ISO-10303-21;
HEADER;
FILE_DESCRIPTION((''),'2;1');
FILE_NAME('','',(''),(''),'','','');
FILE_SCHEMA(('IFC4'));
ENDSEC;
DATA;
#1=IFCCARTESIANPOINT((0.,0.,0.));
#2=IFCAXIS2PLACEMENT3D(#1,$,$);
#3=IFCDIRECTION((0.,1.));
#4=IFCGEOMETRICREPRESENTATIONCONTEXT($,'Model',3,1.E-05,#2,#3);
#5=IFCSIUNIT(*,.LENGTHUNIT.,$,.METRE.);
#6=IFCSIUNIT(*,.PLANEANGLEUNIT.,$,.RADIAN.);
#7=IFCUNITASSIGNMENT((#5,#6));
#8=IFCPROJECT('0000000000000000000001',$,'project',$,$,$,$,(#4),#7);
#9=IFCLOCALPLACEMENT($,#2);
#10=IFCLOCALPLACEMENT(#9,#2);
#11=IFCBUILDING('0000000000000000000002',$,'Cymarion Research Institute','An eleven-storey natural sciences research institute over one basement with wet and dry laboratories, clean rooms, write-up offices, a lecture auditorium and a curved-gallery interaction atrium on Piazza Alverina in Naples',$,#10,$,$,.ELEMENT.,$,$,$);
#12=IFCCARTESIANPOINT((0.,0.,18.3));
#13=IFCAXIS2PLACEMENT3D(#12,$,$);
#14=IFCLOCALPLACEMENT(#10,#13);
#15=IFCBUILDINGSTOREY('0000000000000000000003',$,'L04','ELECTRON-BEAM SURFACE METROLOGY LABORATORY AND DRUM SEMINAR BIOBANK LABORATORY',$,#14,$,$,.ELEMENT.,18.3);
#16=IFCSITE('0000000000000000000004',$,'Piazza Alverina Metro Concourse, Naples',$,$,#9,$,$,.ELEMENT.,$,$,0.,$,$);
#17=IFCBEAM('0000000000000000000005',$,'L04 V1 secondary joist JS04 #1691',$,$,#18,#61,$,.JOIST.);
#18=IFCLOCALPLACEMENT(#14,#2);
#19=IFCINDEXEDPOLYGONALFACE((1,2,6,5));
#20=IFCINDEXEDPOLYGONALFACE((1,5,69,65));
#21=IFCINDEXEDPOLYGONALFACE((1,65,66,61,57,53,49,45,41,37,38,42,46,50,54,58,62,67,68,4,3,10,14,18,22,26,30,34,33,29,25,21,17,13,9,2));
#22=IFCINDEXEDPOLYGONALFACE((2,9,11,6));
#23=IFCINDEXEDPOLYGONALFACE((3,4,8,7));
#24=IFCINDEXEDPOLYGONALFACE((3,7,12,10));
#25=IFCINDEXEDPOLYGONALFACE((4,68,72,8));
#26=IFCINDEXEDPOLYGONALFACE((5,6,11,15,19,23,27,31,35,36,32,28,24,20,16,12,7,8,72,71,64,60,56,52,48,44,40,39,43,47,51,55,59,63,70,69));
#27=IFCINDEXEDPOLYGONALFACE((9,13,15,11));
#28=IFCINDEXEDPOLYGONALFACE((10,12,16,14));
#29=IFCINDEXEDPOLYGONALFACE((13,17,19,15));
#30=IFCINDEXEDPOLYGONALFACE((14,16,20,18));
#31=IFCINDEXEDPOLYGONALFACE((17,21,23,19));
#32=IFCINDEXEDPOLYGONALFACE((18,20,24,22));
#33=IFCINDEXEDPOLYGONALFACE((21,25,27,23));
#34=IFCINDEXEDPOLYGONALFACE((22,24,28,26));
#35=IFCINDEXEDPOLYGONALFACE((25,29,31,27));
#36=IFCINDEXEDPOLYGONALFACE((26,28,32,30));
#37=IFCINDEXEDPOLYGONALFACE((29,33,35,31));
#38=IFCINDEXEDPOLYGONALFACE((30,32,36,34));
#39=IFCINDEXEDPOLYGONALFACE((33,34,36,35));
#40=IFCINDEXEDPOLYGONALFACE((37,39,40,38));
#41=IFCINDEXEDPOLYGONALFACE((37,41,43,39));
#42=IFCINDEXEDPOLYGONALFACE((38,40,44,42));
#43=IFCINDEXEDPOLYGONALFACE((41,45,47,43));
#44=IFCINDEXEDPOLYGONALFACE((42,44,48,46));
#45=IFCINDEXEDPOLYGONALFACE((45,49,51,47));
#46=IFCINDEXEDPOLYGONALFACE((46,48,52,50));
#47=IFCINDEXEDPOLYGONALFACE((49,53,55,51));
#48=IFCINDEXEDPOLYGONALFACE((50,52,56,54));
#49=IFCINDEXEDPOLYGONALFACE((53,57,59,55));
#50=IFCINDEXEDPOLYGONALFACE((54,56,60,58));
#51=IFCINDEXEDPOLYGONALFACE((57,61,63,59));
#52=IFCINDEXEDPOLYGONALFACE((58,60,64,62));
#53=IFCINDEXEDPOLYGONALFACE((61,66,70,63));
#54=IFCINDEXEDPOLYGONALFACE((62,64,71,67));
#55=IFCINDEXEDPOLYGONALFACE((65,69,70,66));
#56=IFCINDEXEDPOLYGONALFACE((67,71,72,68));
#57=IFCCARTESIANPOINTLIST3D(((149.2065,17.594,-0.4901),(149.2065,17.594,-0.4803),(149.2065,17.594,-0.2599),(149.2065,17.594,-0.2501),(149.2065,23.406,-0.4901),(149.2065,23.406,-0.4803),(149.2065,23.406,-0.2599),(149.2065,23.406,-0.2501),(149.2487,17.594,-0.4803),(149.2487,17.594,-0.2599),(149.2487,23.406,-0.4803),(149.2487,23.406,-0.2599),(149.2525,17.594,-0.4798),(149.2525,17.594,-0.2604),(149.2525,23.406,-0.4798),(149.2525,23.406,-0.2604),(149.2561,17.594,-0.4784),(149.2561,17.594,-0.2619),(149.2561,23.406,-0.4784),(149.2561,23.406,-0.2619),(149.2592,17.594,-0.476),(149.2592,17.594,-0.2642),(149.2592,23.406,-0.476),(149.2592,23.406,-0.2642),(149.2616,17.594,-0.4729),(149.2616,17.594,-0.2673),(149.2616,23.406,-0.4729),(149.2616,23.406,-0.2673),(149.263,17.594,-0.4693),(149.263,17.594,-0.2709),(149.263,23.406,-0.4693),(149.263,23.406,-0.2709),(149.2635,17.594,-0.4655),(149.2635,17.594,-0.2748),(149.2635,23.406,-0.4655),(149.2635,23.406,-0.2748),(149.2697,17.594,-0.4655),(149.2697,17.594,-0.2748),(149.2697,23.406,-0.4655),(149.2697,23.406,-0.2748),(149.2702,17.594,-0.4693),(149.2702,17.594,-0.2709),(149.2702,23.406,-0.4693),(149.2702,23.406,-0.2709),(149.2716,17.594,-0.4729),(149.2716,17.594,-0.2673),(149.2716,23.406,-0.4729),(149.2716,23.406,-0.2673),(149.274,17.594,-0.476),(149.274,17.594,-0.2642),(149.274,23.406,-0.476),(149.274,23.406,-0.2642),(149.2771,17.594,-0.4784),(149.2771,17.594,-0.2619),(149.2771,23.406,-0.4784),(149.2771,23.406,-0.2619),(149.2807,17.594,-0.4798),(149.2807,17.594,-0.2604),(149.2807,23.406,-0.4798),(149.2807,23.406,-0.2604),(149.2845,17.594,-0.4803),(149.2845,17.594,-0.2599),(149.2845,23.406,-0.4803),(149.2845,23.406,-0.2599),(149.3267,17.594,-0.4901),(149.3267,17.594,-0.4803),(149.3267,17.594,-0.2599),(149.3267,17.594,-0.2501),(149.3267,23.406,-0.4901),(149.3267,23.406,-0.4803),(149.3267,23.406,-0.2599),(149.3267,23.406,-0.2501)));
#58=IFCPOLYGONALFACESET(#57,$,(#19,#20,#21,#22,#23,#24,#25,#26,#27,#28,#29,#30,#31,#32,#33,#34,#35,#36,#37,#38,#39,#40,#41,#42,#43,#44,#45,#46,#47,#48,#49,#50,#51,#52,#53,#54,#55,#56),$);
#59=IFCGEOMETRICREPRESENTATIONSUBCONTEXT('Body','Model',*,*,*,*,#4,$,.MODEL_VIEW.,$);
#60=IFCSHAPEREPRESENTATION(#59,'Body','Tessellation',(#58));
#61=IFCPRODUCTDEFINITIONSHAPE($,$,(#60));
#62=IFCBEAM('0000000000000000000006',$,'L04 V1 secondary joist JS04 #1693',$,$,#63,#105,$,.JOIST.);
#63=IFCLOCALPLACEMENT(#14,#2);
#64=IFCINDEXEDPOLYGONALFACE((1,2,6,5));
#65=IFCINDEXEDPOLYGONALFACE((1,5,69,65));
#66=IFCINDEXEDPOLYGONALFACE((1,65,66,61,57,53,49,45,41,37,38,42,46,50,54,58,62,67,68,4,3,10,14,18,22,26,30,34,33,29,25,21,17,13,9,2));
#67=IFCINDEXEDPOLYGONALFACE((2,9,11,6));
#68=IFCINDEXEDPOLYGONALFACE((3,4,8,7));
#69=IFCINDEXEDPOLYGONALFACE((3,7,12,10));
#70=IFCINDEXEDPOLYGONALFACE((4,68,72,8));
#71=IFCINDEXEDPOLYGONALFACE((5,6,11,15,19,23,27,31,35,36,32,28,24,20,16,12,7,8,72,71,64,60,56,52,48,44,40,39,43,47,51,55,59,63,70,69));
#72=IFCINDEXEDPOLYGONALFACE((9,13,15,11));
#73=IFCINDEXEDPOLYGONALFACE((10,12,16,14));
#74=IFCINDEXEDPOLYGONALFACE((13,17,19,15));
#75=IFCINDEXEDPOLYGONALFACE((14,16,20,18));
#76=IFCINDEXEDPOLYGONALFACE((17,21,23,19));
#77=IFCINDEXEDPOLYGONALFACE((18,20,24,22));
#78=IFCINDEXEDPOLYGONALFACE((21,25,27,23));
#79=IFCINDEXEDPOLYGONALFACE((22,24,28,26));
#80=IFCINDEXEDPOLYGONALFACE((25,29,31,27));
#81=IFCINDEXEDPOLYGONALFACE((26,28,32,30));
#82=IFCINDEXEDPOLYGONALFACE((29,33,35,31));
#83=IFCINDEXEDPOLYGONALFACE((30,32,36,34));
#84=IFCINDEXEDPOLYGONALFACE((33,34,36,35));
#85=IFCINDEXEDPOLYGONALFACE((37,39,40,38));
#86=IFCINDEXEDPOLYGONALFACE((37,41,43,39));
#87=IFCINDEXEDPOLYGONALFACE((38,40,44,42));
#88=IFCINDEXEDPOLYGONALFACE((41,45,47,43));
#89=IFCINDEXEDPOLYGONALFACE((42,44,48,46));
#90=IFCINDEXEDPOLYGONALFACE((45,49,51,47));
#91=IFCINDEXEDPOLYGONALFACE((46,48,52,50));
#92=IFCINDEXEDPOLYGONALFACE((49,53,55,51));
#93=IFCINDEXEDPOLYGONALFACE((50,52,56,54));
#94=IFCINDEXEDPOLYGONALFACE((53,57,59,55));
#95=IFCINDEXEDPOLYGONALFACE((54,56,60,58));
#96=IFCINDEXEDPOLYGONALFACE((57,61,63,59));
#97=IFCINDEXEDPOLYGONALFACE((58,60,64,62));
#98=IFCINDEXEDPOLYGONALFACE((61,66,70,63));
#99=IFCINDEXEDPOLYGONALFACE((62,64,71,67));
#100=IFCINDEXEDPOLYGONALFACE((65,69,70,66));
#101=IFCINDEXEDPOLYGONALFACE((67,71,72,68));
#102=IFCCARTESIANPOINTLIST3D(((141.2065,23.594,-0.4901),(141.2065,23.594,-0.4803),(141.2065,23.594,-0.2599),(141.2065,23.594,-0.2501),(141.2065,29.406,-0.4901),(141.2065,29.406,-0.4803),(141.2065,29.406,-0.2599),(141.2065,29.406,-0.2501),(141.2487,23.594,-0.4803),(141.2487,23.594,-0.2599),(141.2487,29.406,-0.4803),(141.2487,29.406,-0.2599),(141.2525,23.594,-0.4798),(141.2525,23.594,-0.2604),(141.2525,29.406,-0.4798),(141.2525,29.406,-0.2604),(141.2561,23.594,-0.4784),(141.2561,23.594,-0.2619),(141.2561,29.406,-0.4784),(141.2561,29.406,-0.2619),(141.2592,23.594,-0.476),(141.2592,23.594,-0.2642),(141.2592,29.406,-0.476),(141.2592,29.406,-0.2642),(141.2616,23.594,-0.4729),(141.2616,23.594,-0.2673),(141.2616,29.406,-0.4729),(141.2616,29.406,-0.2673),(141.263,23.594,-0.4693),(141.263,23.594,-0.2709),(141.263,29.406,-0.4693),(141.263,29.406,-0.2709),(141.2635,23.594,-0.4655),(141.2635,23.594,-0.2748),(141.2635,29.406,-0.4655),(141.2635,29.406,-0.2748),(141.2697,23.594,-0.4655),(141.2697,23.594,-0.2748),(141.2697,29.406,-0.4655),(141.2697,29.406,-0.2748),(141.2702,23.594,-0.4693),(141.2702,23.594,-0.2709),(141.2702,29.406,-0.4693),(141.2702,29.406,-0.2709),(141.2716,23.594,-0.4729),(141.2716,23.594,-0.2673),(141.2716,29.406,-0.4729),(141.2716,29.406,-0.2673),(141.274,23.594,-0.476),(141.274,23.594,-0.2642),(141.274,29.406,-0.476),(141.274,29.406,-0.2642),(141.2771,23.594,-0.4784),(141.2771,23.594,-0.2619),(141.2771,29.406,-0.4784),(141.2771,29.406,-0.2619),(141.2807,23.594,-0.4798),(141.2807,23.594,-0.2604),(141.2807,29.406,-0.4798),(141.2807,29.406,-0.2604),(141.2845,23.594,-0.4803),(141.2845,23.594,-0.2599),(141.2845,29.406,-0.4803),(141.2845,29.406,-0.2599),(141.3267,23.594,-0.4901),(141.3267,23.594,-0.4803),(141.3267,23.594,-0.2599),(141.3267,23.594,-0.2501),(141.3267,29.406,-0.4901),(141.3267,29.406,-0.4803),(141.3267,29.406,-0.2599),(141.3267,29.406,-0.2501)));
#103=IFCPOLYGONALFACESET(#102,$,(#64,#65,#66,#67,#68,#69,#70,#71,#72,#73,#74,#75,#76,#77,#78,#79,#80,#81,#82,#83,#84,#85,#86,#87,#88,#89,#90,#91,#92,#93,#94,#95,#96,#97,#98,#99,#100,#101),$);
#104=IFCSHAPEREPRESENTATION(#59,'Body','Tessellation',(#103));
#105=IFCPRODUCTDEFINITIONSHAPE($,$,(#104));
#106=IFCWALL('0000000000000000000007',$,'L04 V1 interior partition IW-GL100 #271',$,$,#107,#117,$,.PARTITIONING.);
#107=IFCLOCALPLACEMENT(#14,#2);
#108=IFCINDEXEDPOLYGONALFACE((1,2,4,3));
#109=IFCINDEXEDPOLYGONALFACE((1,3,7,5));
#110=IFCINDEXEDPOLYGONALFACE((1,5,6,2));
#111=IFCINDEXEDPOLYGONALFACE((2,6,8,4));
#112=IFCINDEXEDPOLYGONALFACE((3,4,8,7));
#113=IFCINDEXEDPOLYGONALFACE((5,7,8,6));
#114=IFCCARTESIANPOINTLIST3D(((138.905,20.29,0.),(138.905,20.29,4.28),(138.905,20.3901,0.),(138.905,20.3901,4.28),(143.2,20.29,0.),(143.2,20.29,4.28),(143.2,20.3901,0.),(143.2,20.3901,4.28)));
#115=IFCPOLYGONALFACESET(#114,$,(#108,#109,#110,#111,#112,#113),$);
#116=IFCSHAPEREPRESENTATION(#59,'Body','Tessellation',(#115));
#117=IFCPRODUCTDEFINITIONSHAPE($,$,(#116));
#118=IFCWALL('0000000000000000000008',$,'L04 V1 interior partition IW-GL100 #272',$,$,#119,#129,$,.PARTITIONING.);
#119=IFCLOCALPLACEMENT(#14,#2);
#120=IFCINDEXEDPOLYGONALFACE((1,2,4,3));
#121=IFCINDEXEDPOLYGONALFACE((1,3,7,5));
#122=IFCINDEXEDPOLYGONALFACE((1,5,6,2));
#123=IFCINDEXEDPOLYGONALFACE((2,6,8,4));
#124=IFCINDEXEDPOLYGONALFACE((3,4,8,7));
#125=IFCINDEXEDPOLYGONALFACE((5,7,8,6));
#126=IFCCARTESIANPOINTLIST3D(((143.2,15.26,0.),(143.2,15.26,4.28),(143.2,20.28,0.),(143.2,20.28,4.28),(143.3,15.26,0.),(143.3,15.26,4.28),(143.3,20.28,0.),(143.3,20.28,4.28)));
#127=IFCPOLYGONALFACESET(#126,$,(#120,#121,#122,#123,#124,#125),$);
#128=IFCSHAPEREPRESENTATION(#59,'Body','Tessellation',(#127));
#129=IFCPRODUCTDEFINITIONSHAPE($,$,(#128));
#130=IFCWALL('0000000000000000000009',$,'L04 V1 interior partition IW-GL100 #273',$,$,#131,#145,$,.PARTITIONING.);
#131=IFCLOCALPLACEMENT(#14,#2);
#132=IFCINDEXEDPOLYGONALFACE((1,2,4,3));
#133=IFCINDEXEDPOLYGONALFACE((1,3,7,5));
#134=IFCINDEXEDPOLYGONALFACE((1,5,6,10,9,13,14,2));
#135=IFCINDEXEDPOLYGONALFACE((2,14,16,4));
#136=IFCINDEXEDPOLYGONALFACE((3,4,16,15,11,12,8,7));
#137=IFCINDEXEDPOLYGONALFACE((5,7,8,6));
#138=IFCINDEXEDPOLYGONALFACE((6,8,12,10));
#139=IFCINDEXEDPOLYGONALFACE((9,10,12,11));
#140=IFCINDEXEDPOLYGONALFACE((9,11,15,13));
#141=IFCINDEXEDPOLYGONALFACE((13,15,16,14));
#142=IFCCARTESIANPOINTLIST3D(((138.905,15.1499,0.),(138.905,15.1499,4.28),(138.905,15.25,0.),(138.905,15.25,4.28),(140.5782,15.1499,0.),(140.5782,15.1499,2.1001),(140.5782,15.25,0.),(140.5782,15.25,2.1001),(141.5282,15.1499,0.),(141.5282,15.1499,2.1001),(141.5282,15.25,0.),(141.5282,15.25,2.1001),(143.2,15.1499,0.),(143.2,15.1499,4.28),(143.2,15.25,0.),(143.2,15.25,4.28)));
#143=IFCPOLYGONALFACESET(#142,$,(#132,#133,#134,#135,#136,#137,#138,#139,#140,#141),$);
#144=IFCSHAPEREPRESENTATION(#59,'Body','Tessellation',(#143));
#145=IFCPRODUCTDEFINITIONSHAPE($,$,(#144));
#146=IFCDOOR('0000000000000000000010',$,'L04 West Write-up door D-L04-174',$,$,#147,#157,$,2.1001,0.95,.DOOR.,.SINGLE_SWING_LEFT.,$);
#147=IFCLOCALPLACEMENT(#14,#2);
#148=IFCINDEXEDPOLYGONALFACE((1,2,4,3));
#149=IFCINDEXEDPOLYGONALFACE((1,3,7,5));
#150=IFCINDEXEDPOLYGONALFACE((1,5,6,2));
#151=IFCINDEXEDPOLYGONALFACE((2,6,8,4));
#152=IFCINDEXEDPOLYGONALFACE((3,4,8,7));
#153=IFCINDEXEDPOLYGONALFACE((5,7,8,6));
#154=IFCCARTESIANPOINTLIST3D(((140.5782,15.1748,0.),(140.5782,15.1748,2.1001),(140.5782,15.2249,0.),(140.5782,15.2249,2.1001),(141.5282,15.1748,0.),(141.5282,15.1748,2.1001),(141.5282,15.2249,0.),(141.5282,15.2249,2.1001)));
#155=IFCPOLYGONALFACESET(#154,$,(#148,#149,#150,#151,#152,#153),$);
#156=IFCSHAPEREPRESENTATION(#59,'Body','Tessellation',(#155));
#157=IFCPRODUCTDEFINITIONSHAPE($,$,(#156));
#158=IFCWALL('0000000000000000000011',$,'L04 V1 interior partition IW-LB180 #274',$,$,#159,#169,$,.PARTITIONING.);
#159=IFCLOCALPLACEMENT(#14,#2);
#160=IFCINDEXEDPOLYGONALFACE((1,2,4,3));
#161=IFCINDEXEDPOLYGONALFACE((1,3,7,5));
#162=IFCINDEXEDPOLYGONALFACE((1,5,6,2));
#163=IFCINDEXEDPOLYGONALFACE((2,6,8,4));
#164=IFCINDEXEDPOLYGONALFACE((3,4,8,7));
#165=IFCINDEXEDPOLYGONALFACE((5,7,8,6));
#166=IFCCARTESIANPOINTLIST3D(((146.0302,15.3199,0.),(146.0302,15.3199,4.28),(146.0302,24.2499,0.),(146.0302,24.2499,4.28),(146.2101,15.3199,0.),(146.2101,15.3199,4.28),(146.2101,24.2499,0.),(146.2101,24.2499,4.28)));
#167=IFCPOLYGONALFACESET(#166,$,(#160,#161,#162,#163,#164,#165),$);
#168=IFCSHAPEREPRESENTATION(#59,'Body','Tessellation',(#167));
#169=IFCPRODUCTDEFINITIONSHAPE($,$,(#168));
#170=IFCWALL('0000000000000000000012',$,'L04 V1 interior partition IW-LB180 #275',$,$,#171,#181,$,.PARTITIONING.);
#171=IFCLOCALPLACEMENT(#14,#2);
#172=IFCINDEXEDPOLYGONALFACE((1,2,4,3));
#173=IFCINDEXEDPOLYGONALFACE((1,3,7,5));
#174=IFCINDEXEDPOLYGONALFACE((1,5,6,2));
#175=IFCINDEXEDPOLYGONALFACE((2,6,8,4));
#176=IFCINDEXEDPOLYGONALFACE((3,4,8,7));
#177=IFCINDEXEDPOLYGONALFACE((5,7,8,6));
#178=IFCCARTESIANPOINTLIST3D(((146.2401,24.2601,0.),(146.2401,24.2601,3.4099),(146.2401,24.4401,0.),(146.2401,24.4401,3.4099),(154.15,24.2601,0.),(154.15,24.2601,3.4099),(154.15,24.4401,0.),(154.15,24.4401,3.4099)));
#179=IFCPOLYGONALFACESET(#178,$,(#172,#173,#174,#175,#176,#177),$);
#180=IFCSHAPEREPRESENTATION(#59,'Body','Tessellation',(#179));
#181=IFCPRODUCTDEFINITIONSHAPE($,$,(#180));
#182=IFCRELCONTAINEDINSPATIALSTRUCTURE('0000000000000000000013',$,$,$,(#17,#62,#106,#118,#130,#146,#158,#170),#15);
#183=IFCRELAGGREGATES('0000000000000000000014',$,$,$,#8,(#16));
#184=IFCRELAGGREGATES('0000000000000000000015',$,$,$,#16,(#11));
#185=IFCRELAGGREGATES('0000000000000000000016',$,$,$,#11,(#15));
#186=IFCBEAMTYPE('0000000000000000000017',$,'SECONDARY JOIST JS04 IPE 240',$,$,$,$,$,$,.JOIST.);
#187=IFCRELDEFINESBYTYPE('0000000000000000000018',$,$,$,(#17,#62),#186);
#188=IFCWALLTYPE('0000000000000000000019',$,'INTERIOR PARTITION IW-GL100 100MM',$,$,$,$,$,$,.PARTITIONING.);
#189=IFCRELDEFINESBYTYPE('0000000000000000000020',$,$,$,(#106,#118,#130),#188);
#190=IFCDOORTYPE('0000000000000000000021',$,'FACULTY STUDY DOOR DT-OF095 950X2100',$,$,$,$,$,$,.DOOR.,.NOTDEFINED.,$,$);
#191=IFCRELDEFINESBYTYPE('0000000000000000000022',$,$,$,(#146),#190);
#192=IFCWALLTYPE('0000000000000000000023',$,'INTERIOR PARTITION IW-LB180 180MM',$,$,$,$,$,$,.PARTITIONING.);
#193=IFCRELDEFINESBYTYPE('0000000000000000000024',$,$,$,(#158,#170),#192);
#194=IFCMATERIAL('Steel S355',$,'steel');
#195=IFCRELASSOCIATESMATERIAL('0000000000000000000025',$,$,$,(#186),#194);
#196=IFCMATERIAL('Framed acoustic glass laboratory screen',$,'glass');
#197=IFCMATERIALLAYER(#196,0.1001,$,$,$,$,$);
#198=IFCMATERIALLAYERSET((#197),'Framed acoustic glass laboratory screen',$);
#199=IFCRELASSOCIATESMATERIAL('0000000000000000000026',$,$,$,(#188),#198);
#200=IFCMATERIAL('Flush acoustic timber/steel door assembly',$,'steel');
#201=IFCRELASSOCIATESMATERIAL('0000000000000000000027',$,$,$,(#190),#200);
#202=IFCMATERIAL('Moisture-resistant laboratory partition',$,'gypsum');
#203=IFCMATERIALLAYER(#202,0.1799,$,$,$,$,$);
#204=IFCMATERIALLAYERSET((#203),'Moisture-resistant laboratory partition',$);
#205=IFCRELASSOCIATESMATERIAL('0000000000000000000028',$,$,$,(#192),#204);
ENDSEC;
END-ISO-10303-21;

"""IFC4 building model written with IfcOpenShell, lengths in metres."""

from ifc_helpers import new_model, si_unit, direction, frame, frame_2d, origin, origin_2d, place, context, subcontext, project, spatial, rectangle, i_section, extrude, material, layer, layer_set, material_profile, profile_set, type_object, element, fill, save


model = new_model("IFC4")

# Units and contexts
model_context = context("Model", 3, precision=1e-05, world=origin(), true_north=direction((0.0, 1.0)))
body_context = subcontext(model_context, "Body", "Model", "MODEL_VIEW")
ifc_project = project(units=[si_unit("LENGTHUNIT", "METRE"), si_unit("PLANEANGLEUNIT", "RADIAN")], contexts=[model_context])

# Site, building, storey
site_placement = place(None, origin())
site = spatial("IfcSite", under=ifc_project, at=site_placement, Name="Piazza Alverina Metro Concourse, Naples", CompositionType="ELEMENT", RefElevation=0.0)
building_placement = place(site_placement, origin())
building = spatial("IfcBuilding", under=site, at=building_placement, Name="Cymarion Research Institute", Description="An eleven-storey natural sciences research institute over one basement with wet and dry laboratories, clean rooms, write-up offices, a lecture auditorium and a curved-gallery interaction atrium on Piazza Alverina in Naples", CompositionType="ELEMENT")
storey_placement = place(building_placement, frame((0.0, 0.0, 18.3)))
storey = spatial("IfcBuildingStorey", under=building, at=storey_placement, Name="L04", Description="ELECTRON-BEAM SURFACE METROLOGY LABORATORY AND DRUM SEMINAR BIOBANK LABORATORY", CompositionType="ELEMENT", Elevation=18.3)

# Shared definitions
ifc_material_1 = material(Name="Steel S355", Category="steel")

# Beams
ifc_material_profile_1 = material_profile(ifc_material_1, i_section(OverallWidth=0.1201, OverallDepth=0.24, WebThickness=0.0061, FlangeThickness=0.0098, FilletRadius=0.0149, at=origin_2d()), Name="IPE 240")
ifc_profile_set_1 = profile_set([ifc_material_profile_1], Name="Steel S355")
beam_type_1 = type_object("IfcBeamType", Name="SECONDARY JOIST JS04 IPE 240", PredefinedType="JOIST", material=ifc_profile_set_1)
for number, where, z_axis, x_axis, name in (
    (1, (149.2666, 17.594, -0.3701), (0.0, 1.0, 0.0), (-1.0, 0.0, 0.0), "L04 V1 secondary joist JS04 #1691"),
    (2, (141.2666, 23.594, -0.3701), (0.0, 1.0, 0.0), (-1.0, 0.0, 0.0), "L04 V1 secondary joist JS04 #1693"),
):
    element("IfcBeam", number, at=place(storey_placement, frame(where, z_axis=z_axis, x_axis=x_axis)), inside=storey, type_object=beam_type_1, Name=name, PredefinedType="JOIST", context=body_context, shape_type="SweptSolid", body=[
        extrude(i_section(OverallWidth=0.1201, OverallDepth=0.24, WebThickness=0.0061, FlangeThickness=0.0098, FilletRadius=0.0149, at=origin_2d()), origin(), (0.0, 0.0, 1.0), 5.812),
    ])

# Walls
ifc_material_2 = material(Name="Framed acoustic glass laboratory screen", Category="glass")
ifc_layer_1 = layer(ifc_material_2, 0.1001)
ifc_layer_set_1 = layer_set([ifc_layer_1], Name="Framed acoustic glass laboratory screen")
wall_type_1 = type_object("IfcWallType", Name="INTERIOR PARTITION IW-GL100 100MM", PredefinedType="PARTITIONING", material=ifc_layer_set_1)
wall_1_placement = place(storey_placement, frame((138.905, 20.3401, 0.0), z_axis=(0.0, 0.0, 1.0), x_axis=(1.0, 0.0, 0.0)))
element("IfcWall", 3, at=wall_1_placement, inside=storey, type_object=wall_type_1, Name="L04 V1 interior partition IW-GL100 #271", PredefinedType="PARTITIONING", context=body_context, shape_type="SweptSolid", body=[
    extrude(rectangle(XDim=4.2949, YDim=0.1001, at=frame_2d((2.1475, 0.0))), origin(), (0.0, 0.0, 1.0), 4.28),
])
wall_2_placement = place(storey_placement, frame((143.25, 15.26, 0.0), z_axis=(0.0, 0.0, 1.0), x_axis=(0.0, 1.0, 0.0)))
element("IfcWall", 4, at=wall_2_placement, inside=storey, type_object=wall_type_1, Name="L04 V1 interior partition IW-GL100 #272", PredefinedType="PARTITIONING", context=body_context, shape_type="SweptSolid", body=[
    extrude(rectangle(XDim=5.02, YDim=0.1001, at=frame_2d((2.51, 0.0))), origin(), (0.0, 0.0, 1.0), 4.28),
])

# Wall, opening, door
wall_3_placement = place(storey_placement, frame((138.905, 15.2, 0.0), z_axis=(0.0, 0.0, 1.0), x_axis=(1.0, 0.0, 0.0)))
wall_3 = element("IfcWall", 5, at=wall_3_placement, inside=storey, type_object=wall_type_1, Name="L04 V1 interior partition IW-GL100 #273", PredefinedType="PARTITIONING", context=body_context, shape_type="SweptSolid", body=[
    extrude(rectangle(XDim=4.2949, YDim=0.1001, at=frame_2d((2.1475, 0.0))), origin(), (0.0, 0.0, 1.0), 4.28),
])
opening_1_placement = place(wall_3_placement, frame((1.6731, 0.0, 0.0)))
opening_1 = element("IfcOpeningElement", 6, at=opening_1_placement, cuts=wall_3, PredefinedType="OPENING", context=body_context, shape_type="SweptSolid", body=[
    extrude(rectangle(XDim=0.95, YDim=2.1001, at=frame_2d((0.4751, 1.05))), frame((0.0, 0.0601, 0.0), z_axis=(0.0, -1.0, 0.0), x_axis=(1.0, 0.0, 0.0)), (0.0, 0.0, 1.0), 0.1201),
])
ifc_material_3 = material(Name="Flush acoustic timber/steel door assembly", Category="steel")
door_type_1 = type_object("IfcDoorType", Name="FACULTY STUDY DOOR DT-OF095 950X2100", OperationType="NOTDEFINED", PredefinedType="DOOR", material=ifc_material_3)
door_1_placement = place(opening_1_placement, origin())
door_1 = element("IfcDoor", 7, at=door_1_placement, inside=storey, type_object=door_type_1, Name="L04 West Write-up door D-L04-174", OperationType="SINGLE_SWING_LEFT", OverallHeight=2.1001, OverallWidth=0.95, PredefinedType="DOOR", context=body_context, shape_type="SweptSolid", body=[
    extrude(rectangle(XDim=0.95, YDim=2.1001, at=frame_2d((0.4751, 1.05))), frame((0.0, 0.0249, 0.0), z_axis=(0.0, -1.0, 0.0), x_axis=(1.0, 0.0, 0.0)), (0.0, 0.0, 1.0), 0.05),
])
fill(opening_1, door_1)

# Walls
ifc_material_4 = material(Name="Moisture-resistant laboratory partition", Category="gypsum")
ifc_layer_2 = layer(ifc_material_4, 0.1799)
ifc_layer_set_2 = layer_set([ifc_layer_2], Name="Moisture-resistant laboratory partition")
wall_type_2 = type_object("IfcWallType", Name="INTERIOR PARTITION IW-LB180 180MM", PredefinedType="PARTITIONING", material=ifc_layer_set_2)
wall_4_placement = place(storey_placement, frame((146.1201, 15.3201, 0.0), z_axis=(0.0, 0.0, 1.0), x_axis=(0.0, 1.0, 0.0)))
element("IfcWall", 8, at=wall_4_placement, inside=storey, type_object=wall_type_2, Name="L04 V1 interior partition IW-LB180 #274", PredefinedType="PARTITIONING", context=body_context, shape_type="SweptSolid", body=[
    extrude(rectangle(XDim=8.9299, YDim=0.1799, at=frame_2d((4.4648, 0.0))), origin(), (0.0, 0.0, 1.0), 4.28),
])
wall_5_placement = place(storey_placement, frame((146.24, 24.3501, 0.0), z_axis=(0.0, 0.0, 1.0), x_axis=(1.0, 0.0, 0.0)))
element("IfcWall", 9, at=wall_5_placement, inside=storey, type_object=wall_type_2, Name="L04 V1 interior partition IW-LB180 #275", PredefinedType="PARTITIONING", context=body_context, shape_type="SweptSolid", body=[
    extrude(rectangle(XDim=7.9099, YDim=0.1799, at=frame_2d((3.9551, 0.0))), origin(), (0.0, 0.0, 1.0), 3.4099),
])

save(model, "model.ifc")
